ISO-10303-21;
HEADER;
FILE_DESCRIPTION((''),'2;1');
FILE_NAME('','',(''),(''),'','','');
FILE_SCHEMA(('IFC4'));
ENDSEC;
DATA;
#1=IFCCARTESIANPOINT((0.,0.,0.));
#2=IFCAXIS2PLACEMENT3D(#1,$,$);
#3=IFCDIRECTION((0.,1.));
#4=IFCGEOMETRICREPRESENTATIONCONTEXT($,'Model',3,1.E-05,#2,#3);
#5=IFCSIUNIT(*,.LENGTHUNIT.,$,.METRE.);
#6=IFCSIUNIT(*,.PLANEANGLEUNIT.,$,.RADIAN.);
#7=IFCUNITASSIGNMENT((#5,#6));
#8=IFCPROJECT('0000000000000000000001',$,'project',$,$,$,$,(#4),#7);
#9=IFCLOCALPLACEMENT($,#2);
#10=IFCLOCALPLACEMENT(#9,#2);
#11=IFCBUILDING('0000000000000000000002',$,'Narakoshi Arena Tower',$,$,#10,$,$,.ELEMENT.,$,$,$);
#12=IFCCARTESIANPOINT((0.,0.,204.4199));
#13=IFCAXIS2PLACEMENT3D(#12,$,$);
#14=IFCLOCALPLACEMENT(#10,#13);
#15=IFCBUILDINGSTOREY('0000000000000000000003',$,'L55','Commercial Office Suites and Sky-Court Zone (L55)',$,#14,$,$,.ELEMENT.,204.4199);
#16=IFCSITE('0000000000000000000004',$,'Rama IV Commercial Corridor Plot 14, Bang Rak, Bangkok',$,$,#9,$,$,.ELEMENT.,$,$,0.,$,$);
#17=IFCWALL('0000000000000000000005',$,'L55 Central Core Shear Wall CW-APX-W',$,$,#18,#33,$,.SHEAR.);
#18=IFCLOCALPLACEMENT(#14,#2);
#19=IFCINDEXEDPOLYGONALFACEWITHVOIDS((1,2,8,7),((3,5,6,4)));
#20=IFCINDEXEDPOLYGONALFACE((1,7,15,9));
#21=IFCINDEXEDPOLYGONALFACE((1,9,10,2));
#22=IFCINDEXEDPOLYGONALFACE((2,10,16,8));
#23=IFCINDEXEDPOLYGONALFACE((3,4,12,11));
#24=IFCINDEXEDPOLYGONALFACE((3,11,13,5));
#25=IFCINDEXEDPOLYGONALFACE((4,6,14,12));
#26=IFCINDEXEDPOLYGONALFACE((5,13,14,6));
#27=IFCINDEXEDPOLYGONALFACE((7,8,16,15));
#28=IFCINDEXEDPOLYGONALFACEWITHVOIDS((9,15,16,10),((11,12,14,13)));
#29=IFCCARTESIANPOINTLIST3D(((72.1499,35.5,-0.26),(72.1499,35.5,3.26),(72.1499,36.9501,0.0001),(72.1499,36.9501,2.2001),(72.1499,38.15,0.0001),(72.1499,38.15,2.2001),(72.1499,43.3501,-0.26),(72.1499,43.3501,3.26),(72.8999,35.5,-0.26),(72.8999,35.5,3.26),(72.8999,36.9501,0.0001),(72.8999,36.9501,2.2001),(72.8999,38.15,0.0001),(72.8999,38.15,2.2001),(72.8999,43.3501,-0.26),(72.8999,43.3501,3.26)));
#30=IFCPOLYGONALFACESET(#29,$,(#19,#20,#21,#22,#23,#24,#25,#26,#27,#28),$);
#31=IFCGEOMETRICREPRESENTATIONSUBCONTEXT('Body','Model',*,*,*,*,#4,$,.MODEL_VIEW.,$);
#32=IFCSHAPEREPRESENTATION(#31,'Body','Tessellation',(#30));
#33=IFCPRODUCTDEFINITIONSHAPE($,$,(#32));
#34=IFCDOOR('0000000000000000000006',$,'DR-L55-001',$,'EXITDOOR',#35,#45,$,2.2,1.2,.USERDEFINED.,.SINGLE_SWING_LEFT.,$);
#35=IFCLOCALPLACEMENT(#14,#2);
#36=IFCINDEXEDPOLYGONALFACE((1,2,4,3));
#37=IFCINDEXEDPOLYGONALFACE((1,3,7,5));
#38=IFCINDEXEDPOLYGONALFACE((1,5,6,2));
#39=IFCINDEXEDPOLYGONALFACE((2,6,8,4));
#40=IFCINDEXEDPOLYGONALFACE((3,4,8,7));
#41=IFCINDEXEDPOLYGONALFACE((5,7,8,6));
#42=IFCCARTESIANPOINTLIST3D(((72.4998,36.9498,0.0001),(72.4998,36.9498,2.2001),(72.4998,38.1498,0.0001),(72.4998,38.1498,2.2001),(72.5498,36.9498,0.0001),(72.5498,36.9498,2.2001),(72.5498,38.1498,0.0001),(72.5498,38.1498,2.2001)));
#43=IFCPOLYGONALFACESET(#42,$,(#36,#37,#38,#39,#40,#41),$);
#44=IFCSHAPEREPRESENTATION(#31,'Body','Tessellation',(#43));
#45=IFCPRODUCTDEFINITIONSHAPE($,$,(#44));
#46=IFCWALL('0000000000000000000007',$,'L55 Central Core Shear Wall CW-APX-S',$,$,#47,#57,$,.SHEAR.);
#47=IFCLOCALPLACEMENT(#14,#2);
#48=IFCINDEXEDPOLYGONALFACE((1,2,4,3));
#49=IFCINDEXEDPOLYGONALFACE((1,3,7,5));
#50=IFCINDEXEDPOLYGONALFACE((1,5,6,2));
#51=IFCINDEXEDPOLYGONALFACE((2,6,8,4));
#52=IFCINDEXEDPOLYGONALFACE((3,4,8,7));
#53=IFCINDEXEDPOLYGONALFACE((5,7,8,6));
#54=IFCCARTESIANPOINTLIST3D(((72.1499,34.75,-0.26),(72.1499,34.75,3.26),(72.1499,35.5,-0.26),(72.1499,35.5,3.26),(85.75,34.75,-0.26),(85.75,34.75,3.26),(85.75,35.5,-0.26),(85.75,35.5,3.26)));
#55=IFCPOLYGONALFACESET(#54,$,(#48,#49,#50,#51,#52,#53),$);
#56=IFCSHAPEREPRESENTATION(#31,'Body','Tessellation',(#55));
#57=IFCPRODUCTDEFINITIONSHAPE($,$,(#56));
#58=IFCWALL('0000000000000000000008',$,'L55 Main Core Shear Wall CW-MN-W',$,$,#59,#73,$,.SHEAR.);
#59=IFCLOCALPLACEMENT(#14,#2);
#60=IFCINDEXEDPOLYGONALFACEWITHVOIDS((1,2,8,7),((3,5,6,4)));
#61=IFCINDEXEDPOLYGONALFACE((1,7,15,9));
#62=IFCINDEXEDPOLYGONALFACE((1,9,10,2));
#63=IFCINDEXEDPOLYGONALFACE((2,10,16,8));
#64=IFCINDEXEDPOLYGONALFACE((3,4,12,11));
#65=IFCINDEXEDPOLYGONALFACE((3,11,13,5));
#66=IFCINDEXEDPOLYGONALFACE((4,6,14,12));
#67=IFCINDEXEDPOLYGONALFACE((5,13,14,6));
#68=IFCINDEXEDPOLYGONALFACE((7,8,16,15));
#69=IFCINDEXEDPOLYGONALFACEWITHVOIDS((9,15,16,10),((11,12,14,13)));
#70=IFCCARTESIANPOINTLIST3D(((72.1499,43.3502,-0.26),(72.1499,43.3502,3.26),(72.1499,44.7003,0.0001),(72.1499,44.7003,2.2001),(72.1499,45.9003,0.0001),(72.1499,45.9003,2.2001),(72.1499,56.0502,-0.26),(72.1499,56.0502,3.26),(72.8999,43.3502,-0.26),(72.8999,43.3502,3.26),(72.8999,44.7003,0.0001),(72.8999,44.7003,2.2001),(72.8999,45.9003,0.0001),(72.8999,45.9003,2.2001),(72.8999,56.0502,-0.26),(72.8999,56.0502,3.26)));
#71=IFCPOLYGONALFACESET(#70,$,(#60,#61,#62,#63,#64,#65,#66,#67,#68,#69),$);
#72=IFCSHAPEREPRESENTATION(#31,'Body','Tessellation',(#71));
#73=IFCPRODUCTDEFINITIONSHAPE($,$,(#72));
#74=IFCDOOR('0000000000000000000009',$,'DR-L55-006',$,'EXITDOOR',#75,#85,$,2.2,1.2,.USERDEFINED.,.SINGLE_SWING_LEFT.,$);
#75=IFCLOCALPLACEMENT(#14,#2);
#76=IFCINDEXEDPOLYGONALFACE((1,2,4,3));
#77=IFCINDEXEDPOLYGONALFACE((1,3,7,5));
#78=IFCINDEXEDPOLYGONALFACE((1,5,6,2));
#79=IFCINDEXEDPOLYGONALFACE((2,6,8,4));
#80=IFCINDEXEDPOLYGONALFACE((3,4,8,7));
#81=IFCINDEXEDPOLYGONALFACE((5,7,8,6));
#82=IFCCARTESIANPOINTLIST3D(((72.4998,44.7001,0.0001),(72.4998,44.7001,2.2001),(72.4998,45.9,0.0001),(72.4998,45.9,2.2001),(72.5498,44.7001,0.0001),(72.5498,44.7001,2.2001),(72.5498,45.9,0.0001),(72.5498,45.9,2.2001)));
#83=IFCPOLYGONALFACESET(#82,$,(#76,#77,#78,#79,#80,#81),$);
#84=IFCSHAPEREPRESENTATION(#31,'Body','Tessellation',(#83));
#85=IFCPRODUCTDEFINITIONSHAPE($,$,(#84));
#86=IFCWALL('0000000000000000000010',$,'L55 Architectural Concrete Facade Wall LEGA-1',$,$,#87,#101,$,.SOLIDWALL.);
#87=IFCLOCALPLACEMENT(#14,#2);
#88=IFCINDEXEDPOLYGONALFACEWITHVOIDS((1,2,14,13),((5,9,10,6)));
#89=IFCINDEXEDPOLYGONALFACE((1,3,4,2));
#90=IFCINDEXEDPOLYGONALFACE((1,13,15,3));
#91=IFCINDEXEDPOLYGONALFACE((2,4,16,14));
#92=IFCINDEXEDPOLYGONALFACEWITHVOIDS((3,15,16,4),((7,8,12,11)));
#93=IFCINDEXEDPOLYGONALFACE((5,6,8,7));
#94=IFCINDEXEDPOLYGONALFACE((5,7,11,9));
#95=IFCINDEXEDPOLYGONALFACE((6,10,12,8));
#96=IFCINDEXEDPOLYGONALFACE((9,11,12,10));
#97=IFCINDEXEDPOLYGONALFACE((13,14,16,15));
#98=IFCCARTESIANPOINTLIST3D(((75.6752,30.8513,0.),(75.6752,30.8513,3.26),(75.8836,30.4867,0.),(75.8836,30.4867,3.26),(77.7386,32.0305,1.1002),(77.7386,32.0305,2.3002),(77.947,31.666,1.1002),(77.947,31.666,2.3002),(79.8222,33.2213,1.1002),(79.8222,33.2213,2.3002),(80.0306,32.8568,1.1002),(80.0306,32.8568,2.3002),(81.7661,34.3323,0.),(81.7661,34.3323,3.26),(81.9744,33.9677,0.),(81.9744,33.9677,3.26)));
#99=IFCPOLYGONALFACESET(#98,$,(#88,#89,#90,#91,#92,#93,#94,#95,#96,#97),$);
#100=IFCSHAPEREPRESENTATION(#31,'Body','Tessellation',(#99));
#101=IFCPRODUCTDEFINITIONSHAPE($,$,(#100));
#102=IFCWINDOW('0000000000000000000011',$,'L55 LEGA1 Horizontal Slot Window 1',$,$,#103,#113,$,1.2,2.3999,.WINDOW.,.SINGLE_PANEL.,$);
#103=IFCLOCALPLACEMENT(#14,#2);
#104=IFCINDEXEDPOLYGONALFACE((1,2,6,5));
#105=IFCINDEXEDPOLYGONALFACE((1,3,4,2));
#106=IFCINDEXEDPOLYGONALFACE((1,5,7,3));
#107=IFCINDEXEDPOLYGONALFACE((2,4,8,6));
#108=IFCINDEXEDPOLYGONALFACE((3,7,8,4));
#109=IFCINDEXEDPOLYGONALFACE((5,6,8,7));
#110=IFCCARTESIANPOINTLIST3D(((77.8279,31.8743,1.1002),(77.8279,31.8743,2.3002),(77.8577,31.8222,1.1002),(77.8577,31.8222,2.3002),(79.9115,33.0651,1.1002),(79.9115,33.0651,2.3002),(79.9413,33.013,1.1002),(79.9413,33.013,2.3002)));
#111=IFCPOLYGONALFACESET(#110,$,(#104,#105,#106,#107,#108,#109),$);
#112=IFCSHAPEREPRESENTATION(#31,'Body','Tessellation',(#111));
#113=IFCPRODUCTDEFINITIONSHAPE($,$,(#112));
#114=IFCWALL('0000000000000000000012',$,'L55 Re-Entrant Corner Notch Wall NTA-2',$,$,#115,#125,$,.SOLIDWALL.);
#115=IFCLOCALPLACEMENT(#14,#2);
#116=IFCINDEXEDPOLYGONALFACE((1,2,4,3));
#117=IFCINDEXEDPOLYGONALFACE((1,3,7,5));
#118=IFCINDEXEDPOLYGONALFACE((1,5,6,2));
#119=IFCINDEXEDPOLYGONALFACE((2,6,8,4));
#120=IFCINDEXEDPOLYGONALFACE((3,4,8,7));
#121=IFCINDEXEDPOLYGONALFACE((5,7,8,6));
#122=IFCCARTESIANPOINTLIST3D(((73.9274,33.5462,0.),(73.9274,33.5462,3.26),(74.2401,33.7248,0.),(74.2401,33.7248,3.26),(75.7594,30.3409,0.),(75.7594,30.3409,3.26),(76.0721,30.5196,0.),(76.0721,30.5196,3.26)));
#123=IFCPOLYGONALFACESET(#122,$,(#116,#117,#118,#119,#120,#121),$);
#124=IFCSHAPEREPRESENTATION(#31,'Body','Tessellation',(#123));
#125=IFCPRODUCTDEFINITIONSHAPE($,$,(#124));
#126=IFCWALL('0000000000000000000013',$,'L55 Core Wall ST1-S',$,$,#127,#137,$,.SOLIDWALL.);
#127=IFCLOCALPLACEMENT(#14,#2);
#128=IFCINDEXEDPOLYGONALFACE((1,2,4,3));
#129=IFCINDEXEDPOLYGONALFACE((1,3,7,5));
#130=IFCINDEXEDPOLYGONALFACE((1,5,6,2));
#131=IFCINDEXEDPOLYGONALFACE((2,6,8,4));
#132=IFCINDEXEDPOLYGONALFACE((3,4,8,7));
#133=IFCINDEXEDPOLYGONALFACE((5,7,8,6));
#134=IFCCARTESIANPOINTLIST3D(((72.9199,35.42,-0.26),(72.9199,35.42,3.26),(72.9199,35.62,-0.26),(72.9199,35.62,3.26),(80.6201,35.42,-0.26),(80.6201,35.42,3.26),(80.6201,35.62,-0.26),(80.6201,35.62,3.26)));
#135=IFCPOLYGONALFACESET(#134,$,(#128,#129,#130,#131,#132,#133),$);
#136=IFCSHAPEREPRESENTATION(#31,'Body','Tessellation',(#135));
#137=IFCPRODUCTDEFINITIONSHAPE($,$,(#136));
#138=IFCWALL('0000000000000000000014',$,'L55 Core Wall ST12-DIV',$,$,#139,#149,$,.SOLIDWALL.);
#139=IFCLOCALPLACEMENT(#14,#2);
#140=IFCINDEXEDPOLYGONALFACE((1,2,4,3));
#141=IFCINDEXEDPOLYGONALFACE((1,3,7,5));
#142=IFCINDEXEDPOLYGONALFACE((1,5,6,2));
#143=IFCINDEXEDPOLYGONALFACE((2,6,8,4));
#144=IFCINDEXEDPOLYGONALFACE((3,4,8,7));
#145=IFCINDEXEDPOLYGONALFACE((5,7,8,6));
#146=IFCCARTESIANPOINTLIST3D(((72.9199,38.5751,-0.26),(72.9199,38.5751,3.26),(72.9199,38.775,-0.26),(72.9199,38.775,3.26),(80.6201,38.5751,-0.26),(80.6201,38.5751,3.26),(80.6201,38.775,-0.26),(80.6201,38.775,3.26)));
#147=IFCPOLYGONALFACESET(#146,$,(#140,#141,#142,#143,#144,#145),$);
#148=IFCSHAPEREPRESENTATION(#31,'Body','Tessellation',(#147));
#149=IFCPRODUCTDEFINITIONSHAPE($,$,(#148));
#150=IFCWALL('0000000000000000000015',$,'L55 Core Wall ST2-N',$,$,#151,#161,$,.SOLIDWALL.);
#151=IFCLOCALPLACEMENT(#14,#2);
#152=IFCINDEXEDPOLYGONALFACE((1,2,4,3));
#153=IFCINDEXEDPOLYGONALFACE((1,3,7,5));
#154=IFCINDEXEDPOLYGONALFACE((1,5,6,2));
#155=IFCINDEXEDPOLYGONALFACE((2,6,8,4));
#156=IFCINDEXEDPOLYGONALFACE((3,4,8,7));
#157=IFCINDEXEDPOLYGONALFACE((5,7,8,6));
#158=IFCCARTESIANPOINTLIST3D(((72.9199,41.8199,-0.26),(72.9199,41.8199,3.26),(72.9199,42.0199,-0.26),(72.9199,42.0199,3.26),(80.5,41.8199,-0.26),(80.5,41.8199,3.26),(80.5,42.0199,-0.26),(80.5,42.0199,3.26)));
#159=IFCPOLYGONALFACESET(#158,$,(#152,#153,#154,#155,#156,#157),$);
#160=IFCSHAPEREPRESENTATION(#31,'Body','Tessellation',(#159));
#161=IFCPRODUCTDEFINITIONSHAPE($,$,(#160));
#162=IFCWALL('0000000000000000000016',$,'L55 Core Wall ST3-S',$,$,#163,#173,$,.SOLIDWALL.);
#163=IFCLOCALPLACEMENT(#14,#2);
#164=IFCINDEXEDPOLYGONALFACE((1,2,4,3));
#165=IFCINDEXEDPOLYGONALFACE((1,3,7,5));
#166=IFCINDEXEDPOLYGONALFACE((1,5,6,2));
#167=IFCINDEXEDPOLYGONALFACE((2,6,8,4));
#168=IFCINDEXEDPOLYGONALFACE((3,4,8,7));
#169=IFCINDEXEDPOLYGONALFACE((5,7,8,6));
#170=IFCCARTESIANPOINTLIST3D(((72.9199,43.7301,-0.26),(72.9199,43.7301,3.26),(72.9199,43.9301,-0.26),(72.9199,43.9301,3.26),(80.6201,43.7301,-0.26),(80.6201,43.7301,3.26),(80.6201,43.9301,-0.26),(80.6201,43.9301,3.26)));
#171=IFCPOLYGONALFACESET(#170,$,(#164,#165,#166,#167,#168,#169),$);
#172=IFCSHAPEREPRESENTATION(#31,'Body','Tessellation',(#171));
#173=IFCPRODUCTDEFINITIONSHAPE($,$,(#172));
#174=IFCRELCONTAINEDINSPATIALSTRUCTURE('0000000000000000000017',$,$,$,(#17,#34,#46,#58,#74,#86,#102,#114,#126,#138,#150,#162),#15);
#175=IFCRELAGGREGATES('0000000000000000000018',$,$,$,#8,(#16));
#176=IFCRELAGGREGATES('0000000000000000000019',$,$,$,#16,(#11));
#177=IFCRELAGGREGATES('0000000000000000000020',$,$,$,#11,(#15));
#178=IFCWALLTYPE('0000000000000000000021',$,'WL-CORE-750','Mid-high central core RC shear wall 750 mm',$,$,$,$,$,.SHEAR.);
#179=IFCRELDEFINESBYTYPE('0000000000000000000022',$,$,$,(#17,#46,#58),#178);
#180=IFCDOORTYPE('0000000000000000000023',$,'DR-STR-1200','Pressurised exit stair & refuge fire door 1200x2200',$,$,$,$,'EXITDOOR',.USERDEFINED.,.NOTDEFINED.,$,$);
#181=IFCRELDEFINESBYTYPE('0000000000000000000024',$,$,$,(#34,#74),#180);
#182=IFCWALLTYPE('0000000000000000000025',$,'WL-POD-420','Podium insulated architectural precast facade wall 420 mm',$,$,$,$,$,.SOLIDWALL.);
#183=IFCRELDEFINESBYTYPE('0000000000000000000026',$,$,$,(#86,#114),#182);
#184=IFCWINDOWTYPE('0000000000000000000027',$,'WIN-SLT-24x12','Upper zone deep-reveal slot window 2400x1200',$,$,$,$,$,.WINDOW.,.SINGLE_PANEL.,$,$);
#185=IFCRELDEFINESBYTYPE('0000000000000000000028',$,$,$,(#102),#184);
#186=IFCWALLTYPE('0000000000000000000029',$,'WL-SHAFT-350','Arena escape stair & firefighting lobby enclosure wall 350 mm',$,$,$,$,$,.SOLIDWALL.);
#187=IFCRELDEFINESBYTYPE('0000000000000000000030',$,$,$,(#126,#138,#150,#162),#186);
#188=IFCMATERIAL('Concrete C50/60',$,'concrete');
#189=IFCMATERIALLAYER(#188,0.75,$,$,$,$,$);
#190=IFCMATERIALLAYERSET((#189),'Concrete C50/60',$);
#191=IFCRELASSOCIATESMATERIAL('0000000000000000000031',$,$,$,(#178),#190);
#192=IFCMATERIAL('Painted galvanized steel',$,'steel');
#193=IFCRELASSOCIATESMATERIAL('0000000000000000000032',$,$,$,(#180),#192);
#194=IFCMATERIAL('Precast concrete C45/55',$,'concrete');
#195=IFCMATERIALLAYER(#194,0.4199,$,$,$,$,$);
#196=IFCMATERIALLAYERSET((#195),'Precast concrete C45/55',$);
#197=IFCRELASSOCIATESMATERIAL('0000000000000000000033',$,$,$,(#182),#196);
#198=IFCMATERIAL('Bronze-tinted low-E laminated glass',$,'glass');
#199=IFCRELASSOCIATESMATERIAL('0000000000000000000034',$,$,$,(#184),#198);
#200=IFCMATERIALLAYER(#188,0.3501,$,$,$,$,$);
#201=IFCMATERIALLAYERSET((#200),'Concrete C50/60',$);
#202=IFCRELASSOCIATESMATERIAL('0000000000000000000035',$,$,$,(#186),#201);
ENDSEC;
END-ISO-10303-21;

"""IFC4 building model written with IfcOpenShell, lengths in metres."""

from ifc_helpers import new_model, si_unit, direction, frame, frame_2d, origin, place, context, subcontext, project, spatial, rectangle, extrude, material, layer, layer_set, type_object, element, fill, save


model = new_model("IFC4")

# Units and contexts
model_context = context("Model", 3, precision=1e-05, world=origin(), true_north=direction((0.0, 1.0)))
body_context = subcontext(model_context, "Body", "Model", "MODEL_VIEW")
ifc_project = project(units=[si_unit("LENGTHUNIT", "METRE"), si_unit("PLANEANGLEUNIT", "RADIAN")], contexts=[model_context])

# Site, building, storey
site_placement = place(None, origin())
site = spatial("IfcSite", under=ifc_project, at=site_placement, Name="Rama IV Commercial Corridor Plot 14, Bang Rak, Bangkok", CompositionType="ELEMENT", RefElevation=0.0)
building_placement = place(site_placement, origin())
building = spatial("IfcBuilding", under=site, at=building_placement, Name="Narakoshi Arena Tower", CompositionType="ELEMENT")
storey_placement = place(building_placement, frame((0.0, 0.0, 204.4199)))
storey = spatial("IfcBuildingStorey", under=building, at=storey_placement, Name="L55", Description="Commercial Office Suites and Sky-Court Zone (L55)", CompositionType="ELEMENT", Elevation=204.4199)

# Wall, opening, door
ifc_material_1 = material(Name="Concrete C50/60", Category="concrete")
ifc_layer_1 = layer(ifc_material_1, 0.75)
ifc_layer_set_1 = layer_set([ifc_layer_1], Name="Concrete C50/60")
wall_type_1 = type_object("IfcWallType", Name="WL-CORE-750", Description="Mid-high central core RC shear wall 750 mm", PredefinedType="SHEAR", material=ifc_layer_set_1)
wall_1_placement = place(storey_placement, frame((72.5249, 35.5, -0.26), z_axis=(0.0, 0.0, 1.0), x_axis=(0.0, 1.0, 0.0)))
wall_1 = element("IfcWall", 1, at=wall_1_placement, inside=storey, type_object=wall_type_1, Name="L55 Central Core Shear Wall CW-APX-W", PredefinedType="SHEAR", context=body_context, shape_type="SweptSolid", body=[
    extrude(rectangle(XDim=7.8501, YDim=0.75, at=frame_2d((3.925, 0.0))), origin(), (0.0, 0.0, 1.0), 3.52),
])
opening_1_placement = place(wall_1_placement, frame((1.45, 0.0, 0.26)))
opening_1 = element("IfcOpeningElement", 2, at=opening_1_placement, cuts=wall_1, PredefinedType="OPENING", context=body_context, shape_type="SweptSolid", body=[
    extrude(rectangle(XDim=1.2, YDim=2.2, at=frame_2d((0.6001, 1.1001))), frame((0.0, 0.385, 0.0), z_axis=(0.0, -1.0, 0.0), x_axis=(1.0, 0.0, 0.0)), (0.0, 0.0, 1.0), 0.77),
])
ifc_material_2 = material(Name="Painted galvanized steel", Category="steel")
door_type = type_object("IfcDoorType", Name="DR-STR-1200", Description="Pressurised exit stair & refuge fire door 1200x2200", ElementType="EXITDOOR", OperationType="NOTDEFINED", PredefinedType="USERDEFINED", material=ifc_material_2)
door_1_placement = place(opening_1_placement, frame((1.2, 0.0, 0.0), z_axis=(0.0, 0.0, 1.0), x_axis=(-1.0, 0.0, 0.0)))
door_1 = element("IfcDoor", 3, at=door_1_placement, inside=storey, type_object=door_type, Name="DR-L55-001", ObjectType="EXITDOOR", OperationType="SINGLE_SWING_LEFT", OverallHeight=2.2, OverallWidth=1.2, PredefinedType="USERDEFINED", context=body_context, shape_type="SweptSolid", body=[
    extrude(rectangle(XDim=1.2, YDim=2.2, at=frame_2d((0.6001, 1.1001))), frame((0.0, 0.0249, 0.0), z_axis=(0.0, -1.0, 0.0), x_axis=(1.0, 0.0, 0.0)), (0.0, 0.0, 1.0), 0.05),
])
fill(opening_1, door_1)

# Wall
wall_2_placement = place(storey_placement, frame((72.1499, 35.125, -0.26), z_axis=(0.0, 0.0, 1.0), x_axis=(1.0, 0.0, 0.0)))
element("IfcWall", 4, at=wall_2_placement, inside=storey, type_object=wall_type_1, Name="L55 Central Core Shear Wall CW-APX-S", PredefinedType="SHEAR", context=body_context, shape_type="SweptSolid", body=[
    extrude(rectangle(XDim=13.6001, YDim=0.75, at=frame_2d((6.8, 0.0))), origin(), (0.0, 0.0, 1.0), 3.52),
])

# Wall, opening, door
wall_3_placement = place(storey_placement, frame((72.5249, 43.3501, -0.26), z_axis=(0.0, 0.0, 1.0), x_axis=(0.0, 1.0, 0.0)))
wall_3 = element("IfcWall", 5, at=wall_3_placement, inside=storey, type_object=wall_type_1, Name="L55 Main Core Shear Wall CW-MN-W", PredefinedType="SHEAR", context=body_context, shape_type="SweptSolid", body=[
    extrude(rectangle(XDim=12.7, YDim=0.75, at=frame_2d((6.3501, 0.0))), origin(), (0.0, 0.0, 1.0), 3.52),
])
opening_2_placement = place(wall_3_placement, frame((1.3501, 0.0, 0.26)))
opening_2 = element("IfcOpeningElement", 6, at=opening_2_placement, cuts=wall_3, PredefinedType="OPENING", context=body_context, shape_type="SweptSolid", body=[
    extrude(rectangle(XDim=1.2, YDim=2.2, at=frame_2d((0.6001, 1.1001))), frame((0.0, 0.385, 0.0), z_axis=(0.0, -1.0, 0.0), x_axis=(1.0, 0.0, 0.0)), (0.0, 0.0, 1.0), 0.77),
])
door_2_placement = place(opening_2_placement, frame((1.2, 0.0, 0.0), z_axis=(0.0, 0.0, 1.0), x_axis=(-1.0, 0.0, 0.0)))
door_2 = element("IfcDoor", 7, at=door_2_placement, inside=storey, type_object=door_type, Name="DR-L55-006", ObjectType="EXITDOOR", OperationType="SINGLE_SWING_LEFT", OverallHeight=2.2, OverallWidth=1.2, PredefinedType="USERDEFINED", context=body_context, shape_type="SweptSolid", body=[
    extrude(rectangle(XDim=1.2, YDim=2.2, at=frame_2d((0.6001, 1.1001))), frame((0.0, 0.0249, 0.0), z_axis=(0.0, -1.0, 0.0), x_axis=(1.0, 0.0, 0.0)), (0.0, 0.0, 1.0), 0.05),
])
fill(opening_2, door_2)

# Wall, opening, window
ifc_material_3 = material(Name="Precast concrete C45/55", Category="concrete")
ifc_layer_2 = layer(ifc_material_3, 0.4199)
ifc_layer_set_2 = layer_set([ifc_layer_2], Name="Precast concrete C45/55")
wall_type_2 = type_object("IfcWallType", Name="WL-POD-420", Description="Podium insulated architectural precast facade wall 420 mm", PredefinedType="SOLIDWALL", material=ifc_layer_set_2)
wall_4_placement = place(storey_placement, frame((75.7793, 30.6689, 0.0), z_axis=(0.0, 0.0, 1.0), x_axis=(0.868213, 0.496191, 0.0)))
wall_4 = element("IfcWall", 8, at=wall_4_placement, inside=storey, type_object=wall_type_2, Name="L55 Architectural Concrete Facade Wall LEGA-1", PredefinedType="SOLIDWALL", context=body_context, shape_type="SweptSolid", body=[
    extrude(rectangle(XDim=7.0154, YDim=0.4199, at=frame_2d((3.5078, 0.0))), origin(), (0.0, 0.0, 1.0), 3.26),
])
opening_3_placement = place(wall_4_placement, frame((2.3767, 0.0, 1.1001)))
opening_3 = element("IfcOpeningElement", 9, at=opening_3_placement, cuts=wall_4, PredefinedType="OPENING", context=body_context, shape_type="SweptSolid", body=[
    extrude(rectangle(XDim=2.3999, YDim=1.2, at=frame_2d((1.2, 0.6001))), frame((0.0, 0.22, 0.0), z_axis=(0.0, -1.0, 0.0), x_axis=(1.0, 0.0, 0.0)), (0.0, 0.0, 1.0), 0.4399),
])
ifc_material_4 = material(Name="Bronze-tinted low-E laminated glass", Category="glass")
window_type = type_object("IfcWindowType", Name="WIN-SLT-24x12", Description="Upper zone deep-reveal slot window 2400x1200", PartitioningType="SINGLE_PANEL", PredefinedType="WINDOW", material=ifc_material_4)
window_placement = place(opening_3_placement, origin())
window = element("IfcWindow", 10, at=window_placement, inside=storey, type_object=window_type, Name="L55 LEGA1 Horizontal Slot Window 1", OverallHeight=1.2, OverallWidth=2.3999, PartitioningType="SINGLE_PANEL", PredefinedType="WINDOW", context=body_context, shape_type="SweptSolid", body=[
    extrude(rectangle(XDim=2.3999, YDim=1.2, at=frame_2d((1.2, 0.6001))), frame((0.0, 0.03, 0.0), z_axis=(0.0, -1.0, 0.0), x_axis=(1.0, 0.0, 0.0)), (0.0, 0.0, 1.0), 0.0601),
])
fill(opening_3, window)

# Walls
wall_5_placement = place(storey_placement, frame((74.0837, 33.6355, 0.0), z_axis=(0.0, 0.0, 1.0), x_axis=(0.496224, -0.868194, 0.0)))
element("IfcWall", 11, at=wall_5_placement, inside=storey, type_object=wall_type_2, Name="L55 Re-Entrant Corner Notch Wall NTA-2", PredefinedType="SOLIDWALL", context=body_context, shape_type="SweptSolid", body=[
    extrude(rectangle(XDim=3.6919, YDim=0.3601, at=frame_2d((1.8459, 0.0))), origin(), (0.0, 0.0, 1.0), 3.26),
])
ifc_layer_3 = layer(ifc_material_1, 0.3501)
ifc_layer_set_3 = layer_set([ifc_layer_3], Name="Concrete C50/60")
wall_type_3 = type_object("IfcWallType", Name="WL-SHAFT-350", Description="Arena escape stair & firefighting lobby enclosure wall 350 mm", PredefinedType="SOLIDWALL", material=ifc_layer_set_3)
for number, where, z_axis, x_axis, name in (
    (12, (72.9199, 35.52, -0.26), (0.0, 0.0, 1.0), (1.0, 0.0, 0.0), "L55 Core Wall ST1-S"),
    (13, (72.9199, 38.675, -0.26), (0.0, 0.0, 1.0), (1.0, 0.0, 0.0), "L55 Core Wall ST12-DIV"),
):
    element("IfcWall", number, at=place(storey_placement, frame(where, z_axis=z_axis, x_axis=x_axis)), inside=storey, type_object=wall_type_3, Name=name, PredefinedType="SOLIDWALL", context=body_context, shape_type="SweptSolid", body=[
        extrude(rectangle(XDim=7.7002, YDim=0.2, at=frame_2d((3.8501, 0.0))), origin(), (0.0, 0.0, 1.0), 3.52),
    ])
wall_6_placement = place(storey_placement, frame((72.9199, 41.9199, -0.26), z_axis=(0.0, 0.0, 1.0), x_axis=(1.0, 0.0, 0.0)))
element("IfcWall", 14, at=wall_6_placement, inside=storey, type_object=wall_type_3, Name="L55 Core Wall ST2-N", PredefinedType="SOLIDWALL", context=body_context, shape_type="SweptSolid", body=[
    extrude(rectangle(XDim=7.5801, YDim=0.2, at=frame_2d((3.79, 0.0))), origin(), (0.0, 0.0, 1.0), 3.52),
])
wall_7_placement = place(storey_placement, frame((72.9199, 43.8301, -0.26), z_axis=(0.0, 0.0, 1.0), x_axis=(1.0, 0.0, 0.0)))
element("IfcWall", 15, at=wall_7_placement, inside=storey, type_object=wall_type_3, Name="L55 Core Wall ST3-S", PredefinedType="SOLIDWALL", context=body_context, shape_type="SweptSolid", body=[
    extrude(rectangle(XDim=7.7002, YDim=0.2, at=frame_2d((3.8501, 0.0))), origin(), (0.0, 0.0, 1.0), 3.52),
])

save(model, "model.ifc")
